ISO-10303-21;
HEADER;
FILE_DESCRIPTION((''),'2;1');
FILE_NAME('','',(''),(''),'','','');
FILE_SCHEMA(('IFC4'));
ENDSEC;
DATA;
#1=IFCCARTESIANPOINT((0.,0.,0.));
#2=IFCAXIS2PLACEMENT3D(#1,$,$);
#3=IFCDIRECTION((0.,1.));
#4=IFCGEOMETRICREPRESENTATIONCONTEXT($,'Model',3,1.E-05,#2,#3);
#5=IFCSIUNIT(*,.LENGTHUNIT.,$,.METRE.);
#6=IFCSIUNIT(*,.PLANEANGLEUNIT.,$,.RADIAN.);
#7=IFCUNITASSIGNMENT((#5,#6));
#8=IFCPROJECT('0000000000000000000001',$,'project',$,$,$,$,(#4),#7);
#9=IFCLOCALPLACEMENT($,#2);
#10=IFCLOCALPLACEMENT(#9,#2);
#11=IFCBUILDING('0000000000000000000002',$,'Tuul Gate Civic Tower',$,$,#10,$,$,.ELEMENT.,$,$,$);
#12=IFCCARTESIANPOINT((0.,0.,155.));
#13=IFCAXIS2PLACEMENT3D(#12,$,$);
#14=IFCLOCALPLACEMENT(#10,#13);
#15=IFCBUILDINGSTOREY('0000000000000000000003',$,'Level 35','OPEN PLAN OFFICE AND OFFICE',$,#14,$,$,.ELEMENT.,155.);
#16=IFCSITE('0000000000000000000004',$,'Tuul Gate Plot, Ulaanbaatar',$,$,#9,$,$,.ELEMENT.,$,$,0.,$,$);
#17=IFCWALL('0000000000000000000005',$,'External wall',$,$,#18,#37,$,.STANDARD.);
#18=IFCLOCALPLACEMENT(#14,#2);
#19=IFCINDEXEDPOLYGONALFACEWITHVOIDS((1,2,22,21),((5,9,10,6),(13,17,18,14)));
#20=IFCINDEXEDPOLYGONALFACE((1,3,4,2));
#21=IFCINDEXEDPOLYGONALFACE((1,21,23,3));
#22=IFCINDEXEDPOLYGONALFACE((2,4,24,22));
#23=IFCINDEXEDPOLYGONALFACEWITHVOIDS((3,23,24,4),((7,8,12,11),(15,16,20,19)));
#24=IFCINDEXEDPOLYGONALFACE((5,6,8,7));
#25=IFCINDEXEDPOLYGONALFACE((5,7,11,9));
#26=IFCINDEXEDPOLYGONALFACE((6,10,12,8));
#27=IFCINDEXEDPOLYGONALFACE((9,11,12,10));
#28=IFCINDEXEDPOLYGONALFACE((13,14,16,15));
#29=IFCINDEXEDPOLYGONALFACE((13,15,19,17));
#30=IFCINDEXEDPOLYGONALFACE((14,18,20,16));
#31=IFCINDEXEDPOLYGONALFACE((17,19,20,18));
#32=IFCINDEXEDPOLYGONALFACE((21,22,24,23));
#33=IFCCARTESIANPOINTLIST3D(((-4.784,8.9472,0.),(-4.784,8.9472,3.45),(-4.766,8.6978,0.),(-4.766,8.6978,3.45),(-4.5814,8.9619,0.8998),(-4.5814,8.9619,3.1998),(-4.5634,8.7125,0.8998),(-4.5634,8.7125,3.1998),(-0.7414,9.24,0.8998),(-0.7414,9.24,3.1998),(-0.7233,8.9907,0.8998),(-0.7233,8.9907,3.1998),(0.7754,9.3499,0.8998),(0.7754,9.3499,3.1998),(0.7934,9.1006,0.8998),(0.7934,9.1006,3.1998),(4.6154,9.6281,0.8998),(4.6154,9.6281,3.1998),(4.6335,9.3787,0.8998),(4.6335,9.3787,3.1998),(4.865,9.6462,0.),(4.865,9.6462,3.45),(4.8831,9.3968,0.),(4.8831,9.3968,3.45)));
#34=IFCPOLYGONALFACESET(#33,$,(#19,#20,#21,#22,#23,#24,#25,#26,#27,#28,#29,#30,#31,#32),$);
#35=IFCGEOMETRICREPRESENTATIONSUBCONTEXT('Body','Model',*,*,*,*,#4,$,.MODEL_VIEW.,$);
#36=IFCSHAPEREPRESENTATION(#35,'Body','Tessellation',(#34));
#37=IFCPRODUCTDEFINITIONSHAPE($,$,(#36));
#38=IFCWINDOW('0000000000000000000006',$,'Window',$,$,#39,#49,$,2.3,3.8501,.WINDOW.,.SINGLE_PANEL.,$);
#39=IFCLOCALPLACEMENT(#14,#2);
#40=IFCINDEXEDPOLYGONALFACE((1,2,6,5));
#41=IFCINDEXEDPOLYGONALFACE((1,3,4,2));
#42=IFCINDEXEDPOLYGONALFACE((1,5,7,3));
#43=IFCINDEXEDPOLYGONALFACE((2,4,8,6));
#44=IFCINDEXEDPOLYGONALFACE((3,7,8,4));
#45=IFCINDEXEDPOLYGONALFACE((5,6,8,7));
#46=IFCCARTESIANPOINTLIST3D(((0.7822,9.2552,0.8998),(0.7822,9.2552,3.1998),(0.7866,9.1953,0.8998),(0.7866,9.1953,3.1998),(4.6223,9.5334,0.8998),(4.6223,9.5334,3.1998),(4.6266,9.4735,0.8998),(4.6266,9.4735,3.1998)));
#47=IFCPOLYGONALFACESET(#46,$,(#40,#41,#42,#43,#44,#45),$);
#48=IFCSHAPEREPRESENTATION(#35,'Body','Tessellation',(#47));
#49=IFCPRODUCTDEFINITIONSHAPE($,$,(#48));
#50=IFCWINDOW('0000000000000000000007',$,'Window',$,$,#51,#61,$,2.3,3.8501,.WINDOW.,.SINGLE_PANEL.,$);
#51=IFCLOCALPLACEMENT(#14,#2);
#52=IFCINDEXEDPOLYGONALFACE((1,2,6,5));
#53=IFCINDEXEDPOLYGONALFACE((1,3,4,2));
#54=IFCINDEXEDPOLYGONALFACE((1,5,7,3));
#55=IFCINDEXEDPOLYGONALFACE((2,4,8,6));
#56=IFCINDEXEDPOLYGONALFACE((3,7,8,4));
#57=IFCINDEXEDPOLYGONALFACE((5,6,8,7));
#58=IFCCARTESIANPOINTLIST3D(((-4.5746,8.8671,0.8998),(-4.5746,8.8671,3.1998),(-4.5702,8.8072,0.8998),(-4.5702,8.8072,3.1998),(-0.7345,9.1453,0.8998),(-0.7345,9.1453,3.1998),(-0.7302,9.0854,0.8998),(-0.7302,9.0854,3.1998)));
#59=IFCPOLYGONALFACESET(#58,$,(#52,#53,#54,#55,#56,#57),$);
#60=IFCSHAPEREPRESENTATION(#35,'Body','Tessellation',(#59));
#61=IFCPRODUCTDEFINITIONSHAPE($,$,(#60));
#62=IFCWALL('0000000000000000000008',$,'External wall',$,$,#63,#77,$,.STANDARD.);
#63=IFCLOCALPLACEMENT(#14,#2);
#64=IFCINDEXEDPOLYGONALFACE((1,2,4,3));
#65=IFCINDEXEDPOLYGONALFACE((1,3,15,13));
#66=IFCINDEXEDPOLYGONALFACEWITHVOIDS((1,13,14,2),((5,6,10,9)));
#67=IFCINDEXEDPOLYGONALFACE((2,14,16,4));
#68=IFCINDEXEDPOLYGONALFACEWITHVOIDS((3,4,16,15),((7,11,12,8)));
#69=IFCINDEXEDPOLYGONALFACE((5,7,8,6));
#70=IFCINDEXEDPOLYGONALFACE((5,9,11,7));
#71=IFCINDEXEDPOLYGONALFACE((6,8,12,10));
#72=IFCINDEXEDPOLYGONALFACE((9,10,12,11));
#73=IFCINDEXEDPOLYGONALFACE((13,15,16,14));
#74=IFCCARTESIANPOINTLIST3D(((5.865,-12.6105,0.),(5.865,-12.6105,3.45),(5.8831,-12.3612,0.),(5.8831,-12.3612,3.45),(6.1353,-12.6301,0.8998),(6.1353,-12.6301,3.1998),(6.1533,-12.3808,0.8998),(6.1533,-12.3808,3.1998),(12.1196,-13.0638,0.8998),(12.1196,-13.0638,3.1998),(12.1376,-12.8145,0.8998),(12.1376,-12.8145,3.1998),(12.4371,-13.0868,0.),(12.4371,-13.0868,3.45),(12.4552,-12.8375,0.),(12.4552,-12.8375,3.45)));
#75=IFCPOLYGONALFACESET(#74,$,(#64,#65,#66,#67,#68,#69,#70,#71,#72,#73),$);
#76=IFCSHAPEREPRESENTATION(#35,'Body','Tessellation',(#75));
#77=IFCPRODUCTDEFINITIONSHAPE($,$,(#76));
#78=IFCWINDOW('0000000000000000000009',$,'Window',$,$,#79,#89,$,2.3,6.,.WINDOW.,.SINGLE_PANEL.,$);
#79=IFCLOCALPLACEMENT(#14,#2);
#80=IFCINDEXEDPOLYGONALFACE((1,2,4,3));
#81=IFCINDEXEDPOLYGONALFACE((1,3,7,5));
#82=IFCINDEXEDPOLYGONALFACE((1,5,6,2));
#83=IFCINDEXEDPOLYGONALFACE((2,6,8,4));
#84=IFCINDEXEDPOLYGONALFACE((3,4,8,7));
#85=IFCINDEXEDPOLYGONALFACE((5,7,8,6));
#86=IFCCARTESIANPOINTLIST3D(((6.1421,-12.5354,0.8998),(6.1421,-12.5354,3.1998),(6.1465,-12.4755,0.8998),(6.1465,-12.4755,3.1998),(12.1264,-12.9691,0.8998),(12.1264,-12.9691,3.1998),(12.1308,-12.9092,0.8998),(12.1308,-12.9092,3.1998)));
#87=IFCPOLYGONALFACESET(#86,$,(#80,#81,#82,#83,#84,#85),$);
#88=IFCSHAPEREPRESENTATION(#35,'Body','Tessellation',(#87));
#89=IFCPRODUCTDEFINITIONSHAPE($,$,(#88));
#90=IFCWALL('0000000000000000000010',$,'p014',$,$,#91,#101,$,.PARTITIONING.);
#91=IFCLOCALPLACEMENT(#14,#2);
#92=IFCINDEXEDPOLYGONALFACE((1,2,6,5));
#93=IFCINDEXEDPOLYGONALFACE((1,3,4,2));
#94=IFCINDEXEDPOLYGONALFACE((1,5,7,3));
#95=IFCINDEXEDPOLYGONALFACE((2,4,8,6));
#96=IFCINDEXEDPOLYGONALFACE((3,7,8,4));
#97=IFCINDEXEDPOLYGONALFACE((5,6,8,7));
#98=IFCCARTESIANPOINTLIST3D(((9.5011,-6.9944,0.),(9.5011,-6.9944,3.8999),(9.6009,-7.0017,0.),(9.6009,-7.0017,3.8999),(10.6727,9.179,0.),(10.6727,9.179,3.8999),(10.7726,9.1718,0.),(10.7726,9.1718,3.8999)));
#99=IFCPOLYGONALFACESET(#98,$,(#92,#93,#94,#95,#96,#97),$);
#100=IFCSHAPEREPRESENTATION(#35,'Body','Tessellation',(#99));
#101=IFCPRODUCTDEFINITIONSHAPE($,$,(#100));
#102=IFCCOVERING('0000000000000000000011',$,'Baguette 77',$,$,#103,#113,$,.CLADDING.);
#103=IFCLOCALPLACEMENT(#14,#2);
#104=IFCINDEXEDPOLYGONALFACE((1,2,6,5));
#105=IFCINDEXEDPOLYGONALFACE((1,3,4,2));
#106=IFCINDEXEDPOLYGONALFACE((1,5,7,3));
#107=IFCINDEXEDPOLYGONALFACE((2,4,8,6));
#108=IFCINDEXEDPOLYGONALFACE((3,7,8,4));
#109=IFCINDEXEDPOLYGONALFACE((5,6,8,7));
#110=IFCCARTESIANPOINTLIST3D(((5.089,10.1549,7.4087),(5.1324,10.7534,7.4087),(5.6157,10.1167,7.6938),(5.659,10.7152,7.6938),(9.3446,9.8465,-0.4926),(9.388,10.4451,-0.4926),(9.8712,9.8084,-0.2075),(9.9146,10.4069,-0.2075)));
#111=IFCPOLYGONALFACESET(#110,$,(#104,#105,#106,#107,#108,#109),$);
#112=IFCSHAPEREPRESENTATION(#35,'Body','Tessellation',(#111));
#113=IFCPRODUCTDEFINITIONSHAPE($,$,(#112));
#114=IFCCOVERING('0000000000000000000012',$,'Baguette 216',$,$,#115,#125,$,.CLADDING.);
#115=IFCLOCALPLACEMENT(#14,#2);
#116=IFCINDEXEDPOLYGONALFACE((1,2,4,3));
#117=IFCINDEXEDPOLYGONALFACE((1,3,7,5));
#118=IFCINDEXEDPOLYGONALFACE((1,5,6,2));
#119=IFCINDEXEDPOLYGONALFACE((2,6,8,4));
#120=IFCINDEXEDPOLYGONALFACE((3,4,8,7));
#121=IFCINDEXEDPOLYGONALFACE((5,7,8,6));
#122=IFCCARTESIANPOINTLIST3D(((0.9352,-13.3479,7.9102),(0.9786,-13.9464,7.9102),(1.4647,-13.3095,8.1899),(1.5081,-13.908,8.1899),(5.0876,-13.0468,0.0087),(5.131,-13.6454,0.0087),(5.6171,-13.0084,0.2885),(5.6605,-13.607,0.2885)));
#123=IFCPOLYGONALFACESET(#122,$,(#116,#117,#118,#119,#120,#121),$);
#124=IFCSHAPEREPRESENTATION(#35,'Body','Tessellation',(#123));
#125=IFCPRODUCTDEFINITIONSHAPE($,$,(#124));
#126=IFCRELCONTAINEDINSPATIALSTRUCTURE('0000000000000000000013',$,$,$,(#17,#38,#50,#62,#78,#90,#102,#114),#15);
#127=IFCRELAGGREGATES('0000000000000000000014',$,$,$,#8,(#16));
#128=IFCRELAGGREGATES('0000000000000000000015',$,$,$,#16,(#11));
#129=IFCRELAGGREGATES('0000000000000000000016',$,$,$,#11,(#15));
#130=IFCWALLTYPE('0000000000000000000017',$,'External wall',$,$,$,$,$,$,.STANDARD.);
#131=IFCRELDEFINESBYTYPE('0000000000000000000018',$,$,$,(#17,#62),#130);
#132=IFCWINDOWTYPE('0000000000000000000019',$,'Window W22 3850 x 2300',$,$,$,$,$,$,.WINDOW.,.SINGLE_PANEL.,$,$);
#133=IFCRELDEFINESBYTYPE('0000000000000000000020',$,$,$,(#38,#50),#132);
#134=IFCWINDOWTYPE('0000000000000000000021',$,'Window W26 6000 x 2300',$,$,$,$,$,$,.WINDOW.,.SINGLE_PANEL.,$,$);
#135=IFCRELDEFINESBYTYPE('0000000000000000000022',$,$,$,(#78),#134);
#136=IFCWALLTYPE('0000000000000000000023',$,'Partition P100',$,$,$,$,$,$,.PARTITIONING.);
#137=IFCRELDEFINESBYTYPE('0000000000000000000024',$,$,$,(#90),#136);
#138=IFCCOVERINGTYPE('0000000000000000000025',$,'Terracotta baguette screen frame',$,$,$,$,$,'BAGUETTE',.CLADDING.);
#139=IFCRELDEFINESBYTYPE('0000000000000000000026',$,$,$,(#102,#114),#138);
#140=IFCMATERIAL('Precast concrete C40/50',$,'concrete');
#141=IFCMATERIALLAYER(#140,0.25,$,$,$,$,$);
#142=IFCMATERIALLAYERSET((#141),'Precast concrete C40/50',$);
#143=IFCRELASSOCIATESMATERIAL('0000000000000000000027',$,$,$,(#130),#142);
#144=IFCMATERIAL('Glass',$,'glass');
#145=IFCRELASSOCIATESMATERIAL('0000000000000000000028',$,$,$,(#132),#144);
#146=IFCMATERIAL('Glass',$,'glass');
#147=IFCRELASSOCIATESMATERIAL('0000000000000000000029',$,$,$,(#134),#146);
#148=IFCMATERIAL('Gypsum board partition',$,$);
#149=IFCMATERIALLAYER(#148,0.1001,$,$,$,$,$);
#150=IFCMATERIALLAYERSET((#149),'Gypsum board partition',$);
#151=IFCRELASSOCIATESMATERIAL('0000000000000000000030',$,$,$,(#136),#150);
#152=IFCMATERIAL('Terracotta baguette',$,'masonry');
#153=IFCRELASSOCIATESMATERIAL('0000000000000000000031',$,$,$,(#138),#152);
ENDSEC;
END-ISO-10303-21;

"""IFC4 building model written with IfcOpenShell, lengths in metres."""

from ifc_helpers import new_model, si_unit, direction, frame, frame_2d, origin, origin_2d, place, context, subcontext, project, spatial, rectangle, extrude, material, layer, layer_set, material_profile, profile_set, type_object, element, fill, save


model = new_model("IFC4")

# Units and contexts
model_context = context("Model", 3, precision=1e-05, world=origin(), true_north=direction((0.0, 1.0)))
body_context = subcontext(model_context, "Body", "Model", "MODEL_VIEW")
ifc_project = project(units=[si_unit("LENGTHUNIT", "METRE"), si_unit("PLANEANGLEUNIT", "RADIAN")], contexts=[model_context])

# Site, building, storey
site_placement = place(None, origin())
site = spatial("IfcSite", under=ifc_project, at=site_placement, Name="Tuul Gate Plot, Ulaanbaatar", CompositionType="ELEMENT", RefElevation=0.0)
building_placement = place(site_placement, origin())
building = spatial("IfcBuilding", under=site, at=building_placement, Name="Tuul Gate Civic Tower", CompositionType="ELEMENT")
storey_placement = place(building_placement, frame((0.0, 0.0, 155.0)))
storey = spatial("IfcBuildingStorey", under=building, at=storey_placement, Name="Level 35", Description="OPEN PLAN OFFICE AND OFFICE", CompositionType="ELEMENT", Elevation=155.0)

# Wall, openings, windows
ifc_material_1 = material(Name="Precast concrete C40/50", Category="concrete")
ifc_layer_1 = layer(ifc_material_1, 0.25)
ifc_layer_set_1 = layer_set([ifc_layer_1], Name="Precast concrete C40/50")
wall_type_1 = type_object("IfcWallType", Name="External wall", PredefinedType="STANDARD", material=ifc_layer_set_1)
wall_1_placement = place(storey_placement, frame((4.874, 9.5215, 0.0), z_axis=(0.0, 0.0, 1.0), x_axis=(-0.997386, -0.072251, 0.0)))
wall_1 = element("IfcWall", 1, at=wall_1_placement, inside=storey, type_object=wall_type_1, Name="External wall", PredefinedType="STANDARD", context=body_context, shape_type="SweptSolid", body=[
    extrude(rectangle(XDim=9.6743, YDim=0.25, at=frame_2d((4.8372, 0.0))), origin(), (0.0, 0.0, 1.0), 3.45),
])
opening_1_placement = place(wall_1_placement, frame((0.2502, 0.0, 0.8999)))
opening_1 = element("IfcOpeningElement", 2, at=opening_1_placement, cuts=wall_1, PredefinedType="OPENING", context=body_context, shape_type="SweptSolid", body=[
    extrude(rectangle(XDim=3.8501, YDim=2.3, at=frame_2d((1.925, 1.1499))), frame((0.0, 0.135, 0.0), z_axis=(0.0, -1.0, 0.0), x_axis=(1.0, 0.0, 0.0)), (0.0, 0.0, 1.0), 0.27),
])
opening_2_placement = place(wall_1_placement, frame((5.6211, 0.0, 0.8999)))
opening_2 = element("IfcOpeningElement", 3, at=opening_2_placement, cuts=wall_1, PredefinedType="OPENING", context=body_context, shape_type="SweptSolid", body=[
    extrude(rectangle(XDim=3.8501, YDim=2.3, at=frame_2d((1.925, 1.1499))), frame((0.0, 0.135, 0.0), z_axis=(0.0, -1.0, 0.0), x_axis=(1.0, 0.0, 0.0)), (0.0, 0.0, 1.0), 0.27),
])
ifc_material_2 = material(Name="Glass", Category="glass")
window_type_1 = type_object("IfcWindowType", Name="Window W22 3850 x 2300", PartitioningType="SINGLE_PANEL", PredefinedType="WINDOW", material=ifc_material_2)
window_1_placement = place(opening_1_placement, origin())
window_1 = element("IfcWindow", 4, at=window_1_placement, inside=storey, type_object=window_type_1, Name="Window", OverallHeight=2.3, OverallWidth=3.8501, PartitioningType="SINGLE_PANEL", PredefinedType="WINDOW", context=body_context, shape_type="SweptSolid", body=[
    extrude(rectangle(XDim=3.8501, YDim=2.3, at=frame_2d((1.925, 1.1499))), frame((0.0, 0.03, 0.0), z_axis=(0.0, -1.0, 0.0), x_axis=(1.0, 0.0, 0.0)), (0.0, 0.0, 1.0), 0.0601),
])
fill(opening_1, window_1)
window_2_placement = place(opening_2_placement, origin())
window_2 = element("IfcWindow", 5, at=window_2_placement, inside=storey, type_object=window_type_1, Name="Window", OverallHeight=2.3, OverallWidth=3.8501, PartitioningType="SINGLE_PANEL", PredefinedType="WINDOW", context=body_context, shape_type="SweptSolid", body=[
    extrude(rectangle(XDim=3.8501, YDim=2.3, at=frame_2d((1.925, 1.1499))), frame((0.0, 0.03, 0.0), z_axis=(0.0, -1.0, 0.0), x_axis=(1.0, 0.0, 0.0)), (0.0, 0.0, 1.0), 0.0601),
])
fill(opening_2, window_2)

# Wall, opening, window
wall_2_placement = place(storey_placement, frame((5.874, -12.4858, 0.0), z_axis=(0.0, 0.0, 1.0), x_axis=(0.997384, -0.072287, 0.0)))
wall_2 = element("IfcWall", 6, at=wall_2_placement, inside=storey, type_object=wall_type_1, Name="External wall", PredefinedType="STANDARD", context=body_context, shape_type="SweptSolid", body=[
    extrude(rectangle(XDim=6.5894, YDim=0.25, at=frame_2d((3.2947, 0.0))), origin(), (0.0, 0.0, 1.0), 3.45),
])
opening_3_placement = place(wall_2_placement, frame((0.271, 0.0, 0.8999)))
opening_3 = element("IfcOpeningElement", 7, at=opening_3_placement, cuts=wall_2, PredefinedType="OPENING", context=body_context, shape_type="SweptSolid", body=[
    extrude(rectangle(XDim=6.0, YDim=2.3, at=frame_2d((3.0, 1.1499))), frame((0.0, 0.135, 0.0), z_axis=(0.0, -1.0, 0.0), x_axis=(1.0, 0.0, 0.0)), (0.0, 0.0, 1.0), 0.27),
])
ifc_material_3 = material(Name="Glass", Category="glass")
window_type_2 = type_object("IfcWindowType", Name="Window W26 6000 x 2300", PartitioningType="SINGLE_PANEL", PredefinedType="WINDOW", material=ifc_material_3)
window_3_placement = place(opening_3_placement, origin())
window_3 = element("IfcWindow", 8, at=window_3_placement, inside=storey, type_object=window_type_2, Name="Window", OverallHeight=2.3, OverallWidth=6.0, PartitioningType="SINGLE_PANEL", PredefinedType="WINDOW", context=body_context, shape_type="SweptSolid", body=[
    extrude(rectangle(XDim=6.0, YDim=2.3, at=frame_2d((3.0, 1.1499))), frame((0.0, 0.03, 0.0), z_axis=(0.0, -1.0, 0.0), x_axis=(1.0, 0.0, 0.0)), (0.0, 0.0, 1.0), 0.0601),
])
fill(opening_3, window_3)

# Wall
ifc_material_4 = material(Name="Gypsum board partition")
ifc_layer_2 = layer(ifc_material_4, 0.1001)
ifc_layer_set_2 = layer_set([ifc_layer_2], Name="Gypsum board partition")
wall_type_2 = type_object("IfcWallType", Name="Partition P100", PredefinedType="PARTITIONING", material=ifc_layer_set_2)
wall_3_placement = place(storey_placement, frame((9.551, -6.998, 0.0), z_axis=(0.0, 0.0, 1.0), x_axis=(0.072253, 0.997386, 0.0)))
element("IfcWall", 9, at=wall_3_placement, inside=storey, type_object=wall_type_2, Name="p014", PredefinedType="PARTITIONING", context=body_context, shape_type="SweptSolid", body=[
    extrude(rectangle(XDim=16.2158, YDim=0.1001, at=frame_2d((8.1079, 0.0))), origin(), (0.0, 0.0, 1.0), 3.8999),
])

# Coverings
ifc_material_5 = material(Name="Terracotta baguette", Category="masonry")
ifc_material_profile_1 = material_profile(ifc_material_5, rectangle(XDim=0.6001, YDim=0.6001, at=origin_2d()), Name="Terracotta baguette screen frame")
ifc_profile_set_1 = profile_set([ifc_material_profile_1], Name="Terracotta baguette")
covering_type = type_object("IfcCoveringType", Name="Terracotta baguette screen frame", ElementType="BAGUETTE", PredefinedType="CLADDING", material=ifc_profile_set_1)
covering_1_placement = place(storey_placement, frame((5.374, 10.4351, 7.5513), z_axis=(0.473909, -0.034338, -0.879904), x_axis=(0.072268, 0.997385, 0.0)))
element("IfcCovering", 10, at=covering_1_placement, inside=storey, type_object=covering_type, Name="Baguette 77", PredefinedType="CLADDING", context=body_context, shape_type="SweptSolid", body=[
    extrude(rectangle(XDim=0.6001, YDim=0.6001, at=origin_2d()), origin(), (0.0, 0.0, 1.0), 8.9797),
])
covering_2_placement = place(storey_placement, frame((1.2217, -13.6279, 8.05), z_axis=(0.464932, 0.033705, -0.884705), x_axis=(-0.072306, 0.997383, 0.0)))
element("IfcCovering", 11, at=covering_2_placement, inside=storey, type_object=covering_type, Name="Baguette 216", PredefinedType="CLADDING", context=body_context, shape_type="SweptSolid", body=[
    extrude(rectangle(XDim=0.6001, YDim=0.6001, at=origin_2d()), origin(), (0.0, 0.0, 1.0), 8.9312),
])

save(model, "model.ifc")
